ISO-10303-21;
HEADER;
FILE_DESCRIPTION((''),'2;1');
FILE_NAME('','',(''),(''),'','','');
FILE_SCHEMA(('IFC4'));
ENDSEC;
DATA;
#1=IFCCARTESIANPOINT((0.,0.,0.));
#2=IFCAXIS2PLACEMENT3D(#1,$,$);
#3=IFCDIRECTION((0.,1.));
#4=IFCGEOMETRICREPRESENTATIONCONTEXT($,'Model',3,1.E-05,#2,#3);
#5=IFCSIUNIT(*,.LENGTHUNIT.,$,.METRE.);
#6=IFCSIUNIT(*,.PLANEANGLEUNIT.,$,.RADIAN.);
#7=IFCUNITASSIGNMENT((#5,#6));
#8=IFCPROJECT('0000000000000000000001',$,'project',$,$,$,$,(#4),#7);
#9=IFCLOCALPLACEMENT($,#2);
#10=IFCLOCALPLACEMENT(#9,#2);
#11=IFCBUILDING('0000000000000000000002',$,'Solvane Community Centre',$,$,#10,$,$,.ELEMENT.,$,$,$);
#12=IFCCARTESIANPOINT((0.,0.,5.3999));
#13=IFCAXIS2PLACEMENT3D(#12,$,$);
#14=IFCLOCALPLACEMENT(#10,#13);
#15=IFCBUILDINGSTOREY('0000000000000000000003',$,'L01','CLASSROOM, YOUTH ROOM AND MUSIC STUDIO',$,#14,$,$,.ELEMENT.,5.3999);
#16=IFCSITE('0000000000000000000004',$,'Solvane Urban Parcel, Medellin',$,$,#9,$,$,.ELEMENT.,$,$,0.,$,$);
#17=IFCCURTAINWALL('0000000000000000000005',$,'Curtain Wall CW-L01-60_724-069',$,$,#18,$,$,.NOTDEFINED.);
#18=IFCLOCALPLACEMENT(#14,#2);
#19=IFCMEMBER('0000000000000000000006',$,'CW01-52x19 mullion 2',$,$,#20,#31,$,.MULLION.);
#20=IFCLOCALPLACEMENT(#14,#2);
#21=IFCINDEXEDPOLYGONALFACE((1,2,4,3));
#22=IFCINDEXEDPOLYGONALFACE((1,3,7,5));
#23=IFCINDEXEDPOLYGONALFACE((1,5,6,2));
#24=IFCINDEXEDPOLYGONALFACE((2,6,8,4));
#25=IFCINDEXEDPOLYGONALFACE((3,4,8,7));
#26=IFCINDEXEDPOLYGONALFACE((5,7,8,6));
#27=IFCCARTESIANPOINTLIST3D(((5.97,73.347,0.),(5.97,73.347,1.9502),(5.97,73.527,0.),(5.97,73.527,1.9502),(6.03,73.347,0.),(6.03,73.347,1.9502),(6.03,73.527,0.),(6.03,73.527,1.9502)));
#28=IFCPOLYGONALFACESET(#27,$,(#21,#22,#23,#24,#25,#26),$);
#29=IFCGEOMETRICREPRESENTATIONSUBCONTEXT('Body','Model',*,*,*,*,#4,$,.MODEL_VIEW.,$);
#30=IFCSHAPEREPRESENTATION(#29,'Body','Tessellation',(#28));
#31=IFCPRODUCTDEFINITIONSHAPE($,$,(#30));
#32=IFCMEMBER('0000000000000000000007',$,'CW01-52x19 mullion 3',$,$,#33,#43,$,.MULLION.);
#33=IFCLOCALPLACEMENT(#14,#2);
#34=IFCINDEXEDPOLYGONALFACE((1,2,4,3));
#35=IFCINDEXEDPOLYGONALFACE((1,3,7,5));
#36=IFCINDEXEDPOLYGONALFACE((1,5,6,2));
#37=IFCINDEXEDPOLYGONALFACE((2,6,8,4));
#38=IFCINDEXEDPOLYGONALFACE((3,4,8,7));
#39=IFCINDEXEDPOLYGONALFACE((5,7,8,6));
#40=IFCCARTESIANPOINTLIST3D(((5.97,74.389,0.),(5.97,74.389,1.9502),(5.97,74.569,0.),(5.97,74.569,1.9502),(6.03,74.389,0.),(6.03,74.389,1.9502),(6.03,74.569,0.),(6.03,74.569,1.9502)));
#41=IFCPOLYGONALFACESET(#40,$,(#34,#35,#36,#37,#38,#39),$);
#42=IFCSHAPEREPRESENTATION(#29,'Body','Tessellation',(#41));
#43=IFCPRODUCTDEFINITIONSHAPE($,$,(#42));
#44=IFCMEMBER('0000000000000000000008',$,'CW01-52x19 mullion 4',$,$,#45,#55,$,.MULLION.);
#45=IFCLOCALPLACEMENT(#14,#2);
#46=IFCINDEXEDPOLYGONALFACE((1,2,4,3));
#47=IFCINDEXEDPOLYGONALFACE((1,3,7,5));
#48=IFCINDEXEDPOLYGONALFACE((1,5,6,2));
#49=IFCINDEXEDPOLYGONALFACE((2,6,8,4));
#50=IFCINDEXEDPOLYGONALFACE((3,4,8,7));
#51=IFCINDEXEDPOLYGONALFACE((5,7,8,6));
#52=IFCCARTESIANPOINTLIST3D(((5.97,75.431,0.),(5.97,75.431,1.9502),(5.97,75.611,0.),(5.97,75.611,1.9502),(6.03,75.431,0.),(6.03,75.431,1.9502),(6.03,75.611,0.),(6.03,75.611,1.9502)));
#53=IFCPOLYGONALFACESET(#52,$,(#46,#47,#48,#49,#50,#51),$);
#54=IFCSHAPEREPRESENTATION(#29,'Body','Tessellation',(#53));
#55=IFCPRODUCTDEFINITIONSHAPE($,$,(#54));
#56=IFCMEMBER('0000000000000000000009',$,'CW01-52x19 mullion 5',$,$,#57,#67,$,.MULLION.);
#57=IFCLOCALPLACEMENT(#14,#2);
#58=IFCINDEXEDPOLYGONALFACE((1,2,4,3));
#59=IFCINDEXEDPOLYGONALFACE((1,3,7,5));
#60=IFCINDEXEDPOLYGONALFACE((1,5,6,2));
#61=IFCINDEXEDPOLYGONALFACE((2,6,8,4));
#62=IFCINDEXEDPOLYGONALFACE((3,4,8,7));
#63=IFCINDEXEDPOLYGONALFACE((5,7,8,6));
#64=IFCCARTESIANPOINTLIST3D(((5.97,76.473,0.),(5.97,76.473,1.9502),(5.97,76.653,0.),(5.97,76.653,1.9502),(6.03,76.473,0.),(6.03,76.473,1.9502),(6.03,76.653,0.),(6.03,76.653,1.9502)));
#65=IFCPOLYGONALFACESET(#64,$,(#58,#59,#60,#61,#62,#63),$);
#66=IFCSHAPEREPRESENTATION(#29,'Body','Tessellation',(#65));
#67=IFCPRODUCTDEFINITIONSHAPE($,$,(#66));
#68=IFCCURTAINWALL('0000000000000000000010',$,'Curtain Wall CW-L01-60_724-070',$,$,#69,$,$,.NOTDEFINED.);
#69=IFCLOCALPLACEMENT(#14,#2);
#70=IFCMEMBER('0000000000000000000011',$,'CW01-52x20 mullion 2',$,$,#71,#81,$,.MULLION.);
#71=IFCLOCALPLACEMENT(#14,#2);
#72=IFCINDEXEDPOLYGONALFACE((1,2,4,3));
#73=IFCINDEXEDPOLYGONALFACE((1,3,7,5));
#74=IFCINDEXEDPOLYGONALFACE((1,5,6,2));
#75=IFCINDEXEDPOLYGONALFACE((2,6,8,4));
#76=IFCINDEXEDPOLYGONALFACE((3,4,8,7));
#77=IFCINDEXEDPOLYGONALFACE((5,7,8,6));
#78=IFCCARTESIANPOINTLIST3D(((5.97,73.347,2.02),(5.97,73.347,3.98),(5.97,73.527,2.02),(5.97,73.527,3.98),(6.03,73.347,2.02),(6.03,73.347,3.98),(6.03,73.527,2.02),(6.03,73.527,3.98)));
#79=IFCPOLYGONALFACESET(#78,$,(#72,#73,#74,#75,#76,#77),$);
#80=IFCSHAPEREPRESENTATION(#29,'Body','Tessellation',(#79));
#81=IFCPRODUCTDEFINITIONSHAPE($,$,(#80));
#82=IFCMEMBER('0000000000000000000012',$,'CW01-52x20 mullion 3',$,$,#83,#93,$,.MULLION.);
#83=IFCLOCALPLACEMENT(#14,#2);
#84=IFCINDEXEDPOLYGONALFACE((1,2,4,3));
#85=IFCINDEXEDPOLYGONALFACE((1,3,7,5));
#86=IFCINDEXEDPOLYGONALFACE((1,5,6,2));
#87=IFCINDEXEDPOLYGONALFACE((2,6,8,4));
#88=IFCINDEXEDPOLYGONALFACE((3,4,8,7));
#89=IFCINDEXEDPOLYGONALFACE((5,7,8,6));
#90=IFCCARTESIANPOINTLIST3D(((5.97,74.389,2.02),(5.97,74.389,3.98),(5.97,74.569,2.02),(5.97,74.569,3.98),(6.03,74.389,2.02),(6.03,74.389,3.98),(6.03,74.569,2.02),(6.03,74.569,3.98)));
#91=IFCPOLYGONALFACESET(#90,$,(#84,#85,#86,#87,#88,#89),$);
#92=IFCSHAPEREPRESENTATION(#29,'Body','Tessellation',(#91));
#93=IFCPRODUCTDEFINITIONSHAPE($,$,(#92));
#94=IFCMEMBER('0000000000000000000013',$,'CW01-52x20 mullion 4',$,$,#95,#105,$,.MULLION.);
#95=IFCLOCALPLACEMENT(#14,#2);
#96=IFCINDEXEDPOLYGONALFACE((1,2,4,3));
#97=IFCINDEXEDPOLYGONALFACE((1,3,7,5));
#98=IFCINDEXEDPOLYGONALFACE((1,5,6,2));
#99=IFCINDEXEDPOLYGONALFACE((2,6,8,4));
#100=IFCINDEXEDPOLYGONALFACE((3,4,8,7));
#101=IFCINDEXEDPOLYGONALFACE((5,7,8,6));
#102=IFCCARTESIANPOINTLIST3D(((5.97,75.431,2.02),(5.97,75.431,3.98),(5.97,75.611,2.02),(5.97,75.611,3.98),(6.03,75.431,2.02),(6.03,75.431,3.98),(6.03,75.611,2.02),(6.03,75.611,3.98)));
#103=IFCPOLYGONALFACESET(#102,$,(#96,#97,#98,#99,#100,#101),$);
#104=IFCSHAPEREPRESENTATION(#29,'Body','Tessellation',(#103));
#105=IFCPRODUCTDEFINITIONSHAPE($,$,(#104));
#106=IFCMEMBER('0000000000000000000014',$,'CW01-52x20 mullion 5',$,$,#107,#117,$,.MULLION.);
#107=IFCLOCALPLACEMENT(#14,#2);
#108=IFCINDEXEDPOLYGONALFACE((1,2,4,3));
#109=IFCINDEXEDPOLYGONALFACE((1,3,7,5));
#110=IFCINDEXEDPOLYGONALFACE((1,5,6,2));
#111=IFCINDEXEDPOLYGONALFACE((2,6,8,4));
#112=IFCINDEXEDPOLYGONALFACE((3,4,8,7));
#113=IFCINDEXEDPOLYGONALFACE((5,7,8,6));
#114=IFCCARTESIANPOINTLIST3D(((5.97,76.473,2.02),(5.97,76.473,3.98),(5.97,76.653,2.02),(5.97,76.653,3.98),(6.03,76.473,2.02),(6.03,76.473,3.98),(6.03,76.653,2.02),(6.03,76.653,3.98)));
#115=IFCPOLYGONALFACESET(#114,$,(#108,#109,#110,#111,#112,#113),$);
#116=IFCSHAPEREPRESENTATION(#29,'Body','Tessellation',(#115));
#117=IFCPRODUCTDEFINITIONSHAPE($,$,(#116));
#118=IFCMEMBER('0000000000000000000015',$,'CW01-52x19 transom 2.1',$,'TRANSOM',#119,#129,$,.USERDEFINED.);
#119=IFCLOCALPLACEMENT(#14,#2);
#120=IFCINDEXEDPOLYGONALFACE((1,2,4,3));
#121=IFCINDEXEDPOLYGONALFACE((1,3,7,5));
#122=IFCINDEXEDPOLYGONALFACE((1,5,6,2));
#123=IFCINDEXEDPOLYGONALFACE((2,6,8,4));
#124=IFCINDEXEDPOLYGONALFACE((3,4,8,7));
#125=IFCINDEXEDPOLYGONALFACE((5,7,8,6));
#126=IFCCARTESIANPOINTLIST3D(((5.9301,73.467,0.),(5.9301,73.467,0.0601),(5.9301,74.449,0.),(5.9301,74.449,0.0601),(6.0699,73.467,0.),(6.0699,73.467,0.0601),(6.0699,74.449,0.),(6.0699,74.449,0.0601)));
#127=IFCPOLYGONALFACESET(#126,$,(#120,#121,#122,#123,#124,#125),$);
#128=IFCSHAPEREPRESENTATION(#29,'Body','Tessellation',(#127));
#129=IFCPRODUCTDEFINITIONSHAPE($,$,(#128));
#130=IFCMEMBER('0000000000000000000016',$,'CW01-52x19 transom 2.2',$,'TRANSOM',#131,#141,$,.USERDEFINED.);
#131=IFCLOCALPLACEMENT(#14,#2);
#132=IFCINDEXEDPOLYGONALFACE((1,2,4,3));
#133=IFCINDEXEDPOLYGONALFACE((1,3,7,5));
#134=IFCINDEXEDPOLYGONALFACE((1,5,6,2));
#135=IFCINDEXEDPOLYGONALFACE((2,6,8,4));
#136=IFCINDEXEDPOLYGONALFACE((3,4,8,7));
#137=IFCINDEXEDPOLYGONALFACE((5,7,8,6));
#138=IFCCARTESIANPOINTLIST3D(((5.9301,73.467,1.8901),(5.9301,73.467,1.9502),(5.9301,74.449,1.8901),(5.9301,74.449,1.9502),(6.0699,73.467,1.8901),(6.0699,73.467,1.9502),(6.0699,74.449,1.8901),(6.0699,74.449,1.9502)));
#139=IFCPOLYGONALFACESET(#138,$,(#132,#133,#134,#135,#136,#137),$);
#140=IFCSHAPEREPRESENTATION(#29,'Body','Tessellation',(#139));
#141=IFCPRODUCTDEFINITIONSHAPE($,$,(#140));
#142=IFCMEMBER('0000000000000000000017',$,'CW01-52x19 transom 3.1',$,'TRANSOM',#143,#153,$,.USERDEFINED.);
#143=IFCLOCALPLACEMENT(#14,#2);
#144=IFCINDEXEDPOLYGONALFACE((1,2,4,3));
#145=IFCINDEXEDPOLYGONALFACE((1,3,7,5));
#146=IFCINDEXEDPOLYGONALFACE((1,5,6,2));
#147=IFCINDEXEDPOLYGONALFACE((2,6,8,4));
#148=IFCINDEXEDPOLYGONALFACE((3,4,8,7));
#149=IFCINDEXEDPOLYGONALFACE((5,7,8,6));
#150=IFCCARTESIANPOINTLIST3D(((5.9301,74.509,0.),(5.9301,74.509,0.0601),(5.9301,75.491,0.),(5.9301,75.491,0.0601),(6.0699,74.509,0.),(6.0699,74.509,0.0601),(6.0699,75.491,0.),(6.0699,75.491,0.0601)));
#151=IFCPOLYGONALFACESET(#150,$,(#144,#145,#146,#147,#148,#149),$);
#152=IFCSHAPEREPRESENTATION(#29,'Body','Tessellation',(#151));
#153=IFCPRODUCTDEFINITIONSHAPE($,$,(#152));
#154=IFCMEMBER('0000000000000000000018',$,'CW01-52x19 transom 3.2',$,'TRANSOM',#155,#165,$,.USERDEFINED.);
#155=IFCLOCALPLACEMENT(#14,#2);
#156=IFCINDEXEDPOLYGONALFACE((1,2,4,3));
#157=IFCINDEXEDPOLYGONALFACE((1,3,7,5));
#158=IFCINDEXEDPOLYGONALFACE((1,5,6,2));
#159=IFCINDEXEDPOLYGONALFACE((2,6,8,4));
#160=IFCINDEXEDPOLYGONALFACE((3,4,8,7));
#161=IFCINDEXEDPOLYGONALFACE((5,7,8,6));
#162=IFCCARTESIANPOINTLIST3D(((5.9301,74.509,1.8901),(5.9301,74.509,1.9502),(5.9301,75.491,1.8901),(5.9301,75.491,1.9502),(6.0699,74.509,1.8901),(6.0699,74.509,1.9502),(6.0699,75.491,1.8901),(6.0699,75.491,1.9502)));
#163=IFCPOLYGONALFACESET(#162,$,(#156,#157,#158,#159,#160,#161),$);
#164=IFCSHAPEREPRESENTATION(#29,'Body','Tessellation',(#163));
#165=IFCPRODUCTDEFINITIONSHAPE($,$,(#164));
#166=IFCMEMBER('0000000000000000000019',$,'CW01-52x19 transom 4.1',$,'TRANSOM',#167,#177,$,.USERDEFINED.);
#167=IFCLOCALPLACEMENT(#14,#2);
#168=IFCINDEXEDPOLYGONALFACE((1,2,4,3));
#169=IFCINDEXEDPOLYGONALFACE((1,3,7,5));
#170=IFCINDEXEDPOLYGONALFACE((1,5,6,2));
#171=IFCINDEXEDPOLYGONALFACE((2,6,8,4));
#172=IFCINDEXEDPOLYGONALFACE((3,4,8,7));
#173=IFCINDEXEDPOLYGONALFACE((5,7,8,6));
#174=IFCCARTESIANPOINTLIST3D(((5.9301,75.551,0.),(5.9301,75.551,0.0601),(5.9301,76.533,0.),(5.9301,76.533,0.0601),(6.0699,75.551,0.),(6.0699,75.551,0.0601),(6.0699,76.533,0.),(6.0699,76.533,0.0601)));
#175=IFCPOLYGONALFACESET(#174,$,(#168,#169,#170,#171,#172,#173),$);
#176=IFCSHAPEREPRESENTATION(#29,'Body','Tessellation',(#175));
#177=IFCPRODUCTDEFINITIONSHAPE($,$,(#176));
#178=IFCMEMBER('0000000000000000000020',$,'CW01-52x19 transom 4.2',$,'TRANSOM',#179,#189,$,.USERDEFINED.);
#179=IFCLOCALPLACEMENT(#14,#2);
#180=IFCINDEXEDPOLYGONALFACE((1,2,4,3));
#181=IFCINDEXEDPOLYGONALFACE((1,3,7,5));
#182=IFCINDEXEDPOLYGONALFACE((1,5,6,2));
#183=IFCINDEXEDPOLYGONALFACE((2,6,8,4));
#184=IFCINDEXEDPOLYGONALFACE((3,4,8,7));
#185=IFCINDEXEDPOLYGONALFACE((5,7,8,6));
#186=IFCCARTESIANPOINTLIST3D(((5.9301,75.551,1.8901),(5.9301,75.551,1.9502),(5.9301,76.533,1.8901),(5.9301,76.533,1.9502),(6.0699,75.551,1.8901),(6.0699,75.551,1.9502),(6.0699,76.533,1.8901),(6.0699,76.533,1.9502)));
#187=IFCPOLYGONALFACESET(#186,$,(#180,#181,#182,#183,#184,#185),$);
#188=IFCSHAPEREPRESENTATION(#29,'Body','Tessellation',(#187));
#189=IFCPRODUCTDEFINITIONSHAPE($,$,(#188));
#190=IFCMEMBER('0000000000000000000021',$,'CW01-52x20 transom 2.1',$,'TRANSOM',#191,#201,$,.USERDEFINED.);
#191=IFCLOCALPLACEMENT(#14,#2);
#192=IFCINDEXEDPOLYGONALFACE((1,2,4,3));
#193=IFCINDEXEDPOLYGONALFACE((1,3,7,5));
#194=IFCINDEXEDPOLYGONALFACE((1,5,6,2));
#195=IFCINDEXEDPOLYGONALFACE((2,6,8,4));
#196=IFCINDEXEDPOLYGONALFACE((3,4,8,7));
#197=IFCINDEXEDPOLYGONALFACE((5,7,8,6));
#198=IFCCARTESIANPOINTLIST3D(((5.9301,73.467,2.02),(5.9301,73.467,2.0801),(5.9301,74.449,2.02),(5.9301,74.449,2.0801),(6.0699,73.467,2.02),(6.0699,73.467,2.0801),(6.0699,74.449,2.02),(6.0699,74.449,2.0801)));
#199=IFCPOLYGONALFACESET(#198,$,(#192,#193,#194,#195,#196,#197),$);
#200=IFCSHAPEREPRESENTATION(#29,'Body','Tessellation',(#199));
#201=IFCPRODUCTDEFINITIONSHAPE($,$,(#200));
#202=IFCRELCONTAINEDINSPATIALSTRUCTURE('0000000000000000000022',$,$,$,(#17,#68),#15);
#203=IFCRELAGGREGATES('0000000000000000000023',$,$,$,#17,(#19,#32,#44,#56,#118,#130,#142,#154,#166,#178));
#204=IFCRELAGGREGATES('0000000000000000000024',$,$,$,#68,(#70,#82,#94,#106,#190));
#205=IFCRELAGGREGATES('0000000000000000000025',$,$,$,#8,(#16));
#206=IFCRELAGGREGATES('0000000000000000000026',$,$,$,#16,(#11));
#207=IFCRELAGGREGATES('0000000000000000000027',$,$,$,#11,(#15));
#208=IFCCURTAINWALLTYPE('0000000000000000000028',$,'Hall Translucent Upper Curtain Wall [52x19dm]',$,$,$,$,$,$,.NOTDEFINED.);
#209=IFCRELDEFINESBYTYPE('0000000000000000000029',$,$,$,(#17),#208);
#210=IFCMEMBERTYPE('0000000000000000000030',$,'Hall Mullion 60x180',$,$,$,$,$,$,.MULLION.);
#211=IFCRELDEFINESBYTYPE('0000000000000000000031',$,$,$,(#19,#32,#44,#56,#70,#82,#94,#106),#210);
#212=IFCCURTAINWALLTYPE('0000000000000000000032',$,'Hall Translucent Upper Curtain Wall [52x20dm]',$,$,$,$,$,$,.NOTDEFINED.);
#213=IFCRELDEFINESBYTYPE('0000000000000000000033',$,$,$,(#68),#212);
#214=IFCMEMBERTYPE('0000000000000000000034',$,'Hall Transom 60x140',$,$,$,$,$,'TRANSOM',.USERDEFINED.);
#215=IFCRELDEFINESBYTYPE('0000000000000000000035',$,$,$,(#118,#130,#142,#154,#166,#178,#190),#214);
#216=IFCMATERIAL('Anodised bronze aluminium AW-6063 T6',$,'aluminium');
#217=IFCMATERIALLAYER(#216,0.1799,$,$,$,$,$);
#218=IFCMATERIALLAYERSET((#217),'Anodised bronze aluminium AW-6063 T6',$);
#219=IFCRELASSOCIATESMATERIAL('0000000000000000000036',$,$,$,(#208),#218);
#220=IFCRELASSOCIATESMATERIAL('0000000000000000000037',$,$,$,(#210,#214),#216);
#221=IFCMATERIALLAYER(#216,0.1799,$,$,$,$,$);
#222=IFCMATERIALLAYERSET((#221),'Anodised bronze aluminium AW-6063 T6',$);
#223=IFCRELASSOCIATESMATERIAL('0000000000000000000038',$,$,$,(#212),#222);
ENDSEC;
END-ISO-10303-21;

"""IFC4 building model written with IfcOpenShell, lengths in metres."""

from ifc_helpers import new_model, si_unit, direction, frame, origin, origin_2d, place, context, subcontext, project, spatial, rectangle, extrude, material, layer, layer_set, material_profile, profile_set, type_object, element, aggregate, save


model = new_model("IFC4")

# Units and contexts
model_context = context("Model", 3, precision=1e-05, world=origin(), true_north=direction((0.0, 1.0)))
body_context = subcontext(model_context, "Body", "Model", "MODEL_VIEW")
ifc_project = project(units=[si_unit("LENGTHUNIT", "METRE"), si_unit("PLANEANGLEUNIT", "RADIAN")], contexts=[model_context])

# Site, building, storey
site_placement = place(None, origin())
site = spatial("IfcSite", under=ifc_project, at=site_placement, Name="Solvane Urban Parcel, Medellin", CompositionType="ELEMENT", RefElevation=0.0)
building_placement = place(site_placement, origin())
building = spatial("IfcBuilding", under=site, at=building_placement, Name="Solvane Community Centre", CompositionType="ELEMENT")
storey_placement = place(building_placement, frame((0.0, 0.0, 5.3999)))
storey = spatial("IfcBuildingStorey", under=building, at=storey_placement, Name="L01", Description="CLASSROOM, YOUTH ROOM AND MUSIC STUDIO", CompositionType="ELEMENT", Elevation=5.3999)

# Curtain walls, members
ifc_material_1 = material(Name="Anodised bronze aluminium AW-6063 T6", Category="aluminium")
ifc_layer_1 = layer(ifc_material_1, 0.1799)
ifc_layer_set_1 = layer_set([ifc_layer_1], Name="Anodised bronze aluminium AW-6063 T6")
curtain_wall_type_1 = type_object("IfcCurtainWallType", Name="Hall Translucent Upper Curtain Wall [52x19dm]", PredefinedType="NOTDEFINED", material=ifc_layer_set_1)
curtain_wall_1_placement = place(storey_placement, origin())
curtain_wall_1 = element("IfcCurtainWall", 1, at=curtain_wall_1_placement, inside=storey, type_object=curtain_wall_type_1, Name="Curtain Wall CW-L01-60_724-069", PredefinedType="NOTDEFINED")
ifc_material_profile_1 = material_profile(ifc_material_1, rectangle(XDim=0.0601, YDim=0.1799, at=origin_2d()), Name="CW-M 60x180")
ifc_profile_set_1 = profile_set([ifc_material_profile_1], Name="Anodised bronze aluminium AW-6063 T6")
member_type_1 = type_object("IfcMemberType", Name="Hall Mullion 60x180", PredefinedType="MULLION", material=ifc_profile_set_1)
member_1_placement = place(storey_placement, frame((6.0, 73.437, 0.0), z_axis=(0.0, 0.0, 1.0), x_axis=(-1.0, 0.0, 0.0)))
member_1 = element("IfcMember", 2, at=member_1_placement, type_object=member_type_1, Name="CW01-52x19 mullion 2", PredefinedType="MULLION", context=body_context, shape_type="SweptSolid", body=[
    extrude(rectangle(XDim=0.0601, YDim=0.1799, at=origin_2d()), origin(), (0.0, 0.0, 1.0), 1.9502),
])
member_2_placement = place(storey_placement, frame((6.0, 74.479, 0.0), z_axis=(0.0, 0.0, 1.0), x_axis=(-1.0, 0.0, 0.0)))
member_2 = element("IfcMember", 3, at=member_2_placement, type_object=member_type_1, Name="CW01-52x19 mullion 3", PredefinedType="MULLION", context=body_context, shape_type="SweptSolid", body=[
    extrude(rectangle(XDim=0.0601, YDim=0.1799, at=origin_2d()), origin(), (0.0, 0.0, 1.0), 1.9502),
])
member_3_placement = place(storey_placement, frame((6.0, 75.521, 0.0), z_axis=(0.0, 0.0, 1.0), x_axis=(-1.0, 0.0, 0.0)))
member_3 = element("IfcMember", 4, at=member_3_placement, type_object=member_type_1, Name="CW01-52x19 mullion 4", PredefinedType="MULLION", context=body_context, shape_type="SweptSolid", body=[
    extrude(rectangle(XDim=0.0601, YDim=0.1799, at=origin_2d()), origin(), (0.0, 0.0, 1.0), 1.9502),
])
member_4_placement = place(storey_placement, frame((6.0, 76.563, 0.0), z_axis=(0.0, 0.0, 1.0), x_axis=(-1.0, 0.0, 0.0)))
member_4 = element("IfcMember", 5, at=member_4_placement, type_object=member_type_1, Name="CW01-52x19 mullion 5", PredefinedType="MULLION", context=body_context, shape_type="SweptSolid", body=[
    extrude(rectangle(XDim=0.0601, YDim=0.1799, at=origin_2d()), origin(), (0.0, 0.0, 1.0), 1.9502),
])
ifc_layer_2 = layer(ifc_material_1, 0.1799)
ifc_layer_set_2 = layer_set([ifc_layer_2], Name="Anodised bronze aluminium AW-6063 T6")
curtain_wall_type_2 = type_object("IfcCurtainWallType", Name="Hall Translucent Upper Curtain Wall [52x20dm]", PredefinedType="NOTDEFINED", material=ifc_layer_set_2)
curtain_wall_2_placement = place(storey_placement, origin())
curtain_wall_2 = element("IfcCurtainWall", 6, at=curtain_wall_2_placement, inside=storey, type_object=curtain_wall_type_2, Name="Curtain Wall CW-L01-60_724-070", PredefinedType="NOTDEFINED")
member_5_placement = place(storey_placement, frame((6.0, 73.437, 2.02), z_axis=(0.0, 0.0, 1.0), x_axis=(-1.0, 0.0, 0.0)))
member_5 = element("IfcMember", 7, at=member_5_placement, type_object=member_type_1, Name="CW01-52x20 mullion 2", PredefinedType="MULLION", context=body_context, shape_type="SweptSolid", body=[
    extrude(rectangle(XDim=0.0601, YDim=0.1799, at=origin_2d()), origin(), (0.0, 0.0, 1.0), 1.96),
])
member_6_placement = place(storey_placement, frame((6.0, 74.479, 2.02), z_axis=(0.0, 0.0, 1.0), x_axis=(-1.0, 0.0, 0.0)))
member_6 = element("IfcMember", 8, at=member_6_placement, type_object=member_type_1, Name="CW01-52x20 mullion 3", PredefinedType="MULLION", context=body_context, shape_type="SweptSolid", body=[
    extrude(rectangle(XDim=0.0601, YDim=0.1799, at=origin_2d()), origin(), (0.0, 0.0, 1.0), 1.96),
])
member_7_placement = place(storey_placement, frame((6.0, 75.521, 2.02), z_axis=(0.0, 0.0, 1.0), x_axis=(-1.0, 0.0, 0.0)))
member_7 = element("IfcMember", 9, at=member_7_placement, type_object=member_type_1, Name="CW01-52x20 mullion 4", PredefinedType="MULLION", context=body_context, shape_type="SweptSolid", body=[
    extrude(rectangle(XDim=0.0601, YDim=0.1799, at=origin_2d()), origin(), (0.0, 0.0, 1.0), 1.96),
])
member_8_placement = place(storey_placement, frame((6.0, 76.563, 2.02), z_axis=(0.0, 0.0, 1.0), x_axis=(-1.0, 0.0, 0.0)))
member_8 = element("IfcMember", 10, at=member_8_placement, type_object=member_type_1, Name="CW01-52x20 mullion 5", PredefinedType="MULLION", context=body_context, shape_type="SweptSolid", body=[
    extrude(rectangle(XDim=0.0601, YDim=0.1799, at=origin_2d()), origin(), (0.0, 0.0, 1.0), 1.96),
])

# Members
ifc_material_profile_2 = material_profile(ifc_material_1, rectangle(XDim=0.1399, YDim=0.0601, at=origin_2d()), Name="CW-T 60x140")
ifc_profile_set_2 = profile_set([ifc_material_profile_2], Name="Anodised bronze aluminium AW-6063 T6")
member_type_2 = type_object("IfcMemberType", Name="Hall Transom 60x140", ElementType="TRANSOM", PredefinedType="USERDEFINED", material=ifc_profile_set_2)
member_9_placement = place(storey_placement, frame((6.0, 73.467, 0.03), z_axis=(0.0, 1.0, 0.0), x_axis=(-1.0, 0.0, 0.0)))
member_9 = element("IfcMember", 11, at=member_9_placement, type_object=member_type_2, Name="CW01-52x19 transom 2.1", ObjectType="TRANSOM", PredefinedType="USERDEFINED", context=body_context, shape_type="SweptSolid", body=[
    extrude(rectangle(XDim=0.1399, YDim=0.0601, at=origin_2d()), origin(), (0.0, 0.0, 1.0), 0.9819),
])
member_10_placement = place(storey_placement, frame((6.0, 73.467, 1.9202), z_axis=(0.0, 1.0, 0.0), x_axis=(-1.0, 0.0, 0.0)))
member_10 = element("IfcMember", 12, at=member_10_placement, type_object=member_type_2, Name="CW01-52x19 transom 2.2", ObjectType="TRANSOM", PredefinedType="USERDEFINED", context=body_context, shape_type="SweptSolid", body=[
    extrude(rectangle(XDim=0.1399, YDim=0.0601, at=origin_2d()), origin(), (0.0, 0.0, 1.0), 0.9819),
])
member_11_placement = place(storey_placement, frame((6.0, 74.509, 0.03), z_axis=(0.0, 1.0, 0.0), x_axis=(-1.0, 0.0, 0.0)))
member_11 = element("IfcMember", 13, at=member_11_placement, type_object=member_type_2, Name="CW01-52x19 transom 3.1", ObjectType="TRANSOM", PredefinedType="USERDEFINED", context=body_context, shape_type="SweptSolid", body=[
    extrude(rectangle(XDim=0.1399, YDim=0.0601, at=origin_2d()), origin(), (0.0, 0.0, 1.0), 0.9819),
])
member_12_placement = place(storey_placement, frame((6.0, 74.509, 1.9202), z_axis=(0.0, 1.0, 0.0), x_axis=(-1.0, 0.0, 0.0)))
member_12 = element("IfcMember", 14, at=member_12_placement, type_object=member_type_2, Name="CW01-52x19 transom 3.2", ObjectType="TRANSOM", PredefinedType="USERDEFINED", context=body_context, shape_type="SweptSolid", body=[
    extrude(rectangle(XDim=0.1399, YDim=0.0601, at=origin_2d()), origin(), (0.0, 0.0, 1.0), 0.9819),
])
member_13_placement = place(storey_placement, frame((6.0, 75.551, 0.03), z_axis=(0.0, 1.0, 0.0), x_axis=(-1.0, 0.0, 0.0)))
member_13 = element("IfcMember", 15, at=member_13_placement, type_object=member_type_2, Name="CW01-52x19 transom 4.1", ObjectType="TRANSOM", PredefinedType="USERDEFINED", context=body_context, shape_type="SweptSolid", body=[
    extrude(rectangle(XDim=0.1399, YDim=0.0601, at=origin_2d()), origin(), (0.0, 0.0, 1.0), 0.9819),
])
member_14_placement = place(storey_placement, frame((6.0, 75.551, 1.9202), z_axis=(0.0, 1.0, 0.0), x_axis=(-1.0, 0.0, 0.0)))
member_14 = element("IfcMember", 16, at=member_14_placement, type_object=member_type_2, Name="CW01-52x19 transom 4.2", ObjectType="TRANSOM", PredefinedType="USERDEFINED", context=body_context, shape_type="SweptSolid", body=[
    extrude(rectangle(XDim=0.1399, YDim=0.0601, at=origin_2d()), origin(), (0.0, 0.0, 1.0), 0.9819),
])
member_15_placement = place(storey_placement, frame((6.0, 73.467, 2.05), z_axis=(0.0, 1.0, 0.0), x_axis=(-1.0, 0.0, 0.0)))
member_15 = element("IfcMember", 17, at=member_15_placement, type_object=member_type_2, Name="CW01-52x20 transom 2.1", ObjectType="TRANSOM", PredefinedType="USERDEFINED", context=body_context, shape_type="SweptSolid", body=[
    extrude(rectangle(XDim=0.1399, YDim=0.0601, at=origin_2d()), origin(), (0.0, 0.0, 1.0), 0.9819),
])

aggregate(curtain_wall_1, [member_1, member_2, member_3, member_4, member_9, member_10, member_11, member_12, member_13, member_14])
aggregate(curtain_wall_2, [member_5, member_6, member_7, member_8, member_15])

save(model, "model.ifc")
